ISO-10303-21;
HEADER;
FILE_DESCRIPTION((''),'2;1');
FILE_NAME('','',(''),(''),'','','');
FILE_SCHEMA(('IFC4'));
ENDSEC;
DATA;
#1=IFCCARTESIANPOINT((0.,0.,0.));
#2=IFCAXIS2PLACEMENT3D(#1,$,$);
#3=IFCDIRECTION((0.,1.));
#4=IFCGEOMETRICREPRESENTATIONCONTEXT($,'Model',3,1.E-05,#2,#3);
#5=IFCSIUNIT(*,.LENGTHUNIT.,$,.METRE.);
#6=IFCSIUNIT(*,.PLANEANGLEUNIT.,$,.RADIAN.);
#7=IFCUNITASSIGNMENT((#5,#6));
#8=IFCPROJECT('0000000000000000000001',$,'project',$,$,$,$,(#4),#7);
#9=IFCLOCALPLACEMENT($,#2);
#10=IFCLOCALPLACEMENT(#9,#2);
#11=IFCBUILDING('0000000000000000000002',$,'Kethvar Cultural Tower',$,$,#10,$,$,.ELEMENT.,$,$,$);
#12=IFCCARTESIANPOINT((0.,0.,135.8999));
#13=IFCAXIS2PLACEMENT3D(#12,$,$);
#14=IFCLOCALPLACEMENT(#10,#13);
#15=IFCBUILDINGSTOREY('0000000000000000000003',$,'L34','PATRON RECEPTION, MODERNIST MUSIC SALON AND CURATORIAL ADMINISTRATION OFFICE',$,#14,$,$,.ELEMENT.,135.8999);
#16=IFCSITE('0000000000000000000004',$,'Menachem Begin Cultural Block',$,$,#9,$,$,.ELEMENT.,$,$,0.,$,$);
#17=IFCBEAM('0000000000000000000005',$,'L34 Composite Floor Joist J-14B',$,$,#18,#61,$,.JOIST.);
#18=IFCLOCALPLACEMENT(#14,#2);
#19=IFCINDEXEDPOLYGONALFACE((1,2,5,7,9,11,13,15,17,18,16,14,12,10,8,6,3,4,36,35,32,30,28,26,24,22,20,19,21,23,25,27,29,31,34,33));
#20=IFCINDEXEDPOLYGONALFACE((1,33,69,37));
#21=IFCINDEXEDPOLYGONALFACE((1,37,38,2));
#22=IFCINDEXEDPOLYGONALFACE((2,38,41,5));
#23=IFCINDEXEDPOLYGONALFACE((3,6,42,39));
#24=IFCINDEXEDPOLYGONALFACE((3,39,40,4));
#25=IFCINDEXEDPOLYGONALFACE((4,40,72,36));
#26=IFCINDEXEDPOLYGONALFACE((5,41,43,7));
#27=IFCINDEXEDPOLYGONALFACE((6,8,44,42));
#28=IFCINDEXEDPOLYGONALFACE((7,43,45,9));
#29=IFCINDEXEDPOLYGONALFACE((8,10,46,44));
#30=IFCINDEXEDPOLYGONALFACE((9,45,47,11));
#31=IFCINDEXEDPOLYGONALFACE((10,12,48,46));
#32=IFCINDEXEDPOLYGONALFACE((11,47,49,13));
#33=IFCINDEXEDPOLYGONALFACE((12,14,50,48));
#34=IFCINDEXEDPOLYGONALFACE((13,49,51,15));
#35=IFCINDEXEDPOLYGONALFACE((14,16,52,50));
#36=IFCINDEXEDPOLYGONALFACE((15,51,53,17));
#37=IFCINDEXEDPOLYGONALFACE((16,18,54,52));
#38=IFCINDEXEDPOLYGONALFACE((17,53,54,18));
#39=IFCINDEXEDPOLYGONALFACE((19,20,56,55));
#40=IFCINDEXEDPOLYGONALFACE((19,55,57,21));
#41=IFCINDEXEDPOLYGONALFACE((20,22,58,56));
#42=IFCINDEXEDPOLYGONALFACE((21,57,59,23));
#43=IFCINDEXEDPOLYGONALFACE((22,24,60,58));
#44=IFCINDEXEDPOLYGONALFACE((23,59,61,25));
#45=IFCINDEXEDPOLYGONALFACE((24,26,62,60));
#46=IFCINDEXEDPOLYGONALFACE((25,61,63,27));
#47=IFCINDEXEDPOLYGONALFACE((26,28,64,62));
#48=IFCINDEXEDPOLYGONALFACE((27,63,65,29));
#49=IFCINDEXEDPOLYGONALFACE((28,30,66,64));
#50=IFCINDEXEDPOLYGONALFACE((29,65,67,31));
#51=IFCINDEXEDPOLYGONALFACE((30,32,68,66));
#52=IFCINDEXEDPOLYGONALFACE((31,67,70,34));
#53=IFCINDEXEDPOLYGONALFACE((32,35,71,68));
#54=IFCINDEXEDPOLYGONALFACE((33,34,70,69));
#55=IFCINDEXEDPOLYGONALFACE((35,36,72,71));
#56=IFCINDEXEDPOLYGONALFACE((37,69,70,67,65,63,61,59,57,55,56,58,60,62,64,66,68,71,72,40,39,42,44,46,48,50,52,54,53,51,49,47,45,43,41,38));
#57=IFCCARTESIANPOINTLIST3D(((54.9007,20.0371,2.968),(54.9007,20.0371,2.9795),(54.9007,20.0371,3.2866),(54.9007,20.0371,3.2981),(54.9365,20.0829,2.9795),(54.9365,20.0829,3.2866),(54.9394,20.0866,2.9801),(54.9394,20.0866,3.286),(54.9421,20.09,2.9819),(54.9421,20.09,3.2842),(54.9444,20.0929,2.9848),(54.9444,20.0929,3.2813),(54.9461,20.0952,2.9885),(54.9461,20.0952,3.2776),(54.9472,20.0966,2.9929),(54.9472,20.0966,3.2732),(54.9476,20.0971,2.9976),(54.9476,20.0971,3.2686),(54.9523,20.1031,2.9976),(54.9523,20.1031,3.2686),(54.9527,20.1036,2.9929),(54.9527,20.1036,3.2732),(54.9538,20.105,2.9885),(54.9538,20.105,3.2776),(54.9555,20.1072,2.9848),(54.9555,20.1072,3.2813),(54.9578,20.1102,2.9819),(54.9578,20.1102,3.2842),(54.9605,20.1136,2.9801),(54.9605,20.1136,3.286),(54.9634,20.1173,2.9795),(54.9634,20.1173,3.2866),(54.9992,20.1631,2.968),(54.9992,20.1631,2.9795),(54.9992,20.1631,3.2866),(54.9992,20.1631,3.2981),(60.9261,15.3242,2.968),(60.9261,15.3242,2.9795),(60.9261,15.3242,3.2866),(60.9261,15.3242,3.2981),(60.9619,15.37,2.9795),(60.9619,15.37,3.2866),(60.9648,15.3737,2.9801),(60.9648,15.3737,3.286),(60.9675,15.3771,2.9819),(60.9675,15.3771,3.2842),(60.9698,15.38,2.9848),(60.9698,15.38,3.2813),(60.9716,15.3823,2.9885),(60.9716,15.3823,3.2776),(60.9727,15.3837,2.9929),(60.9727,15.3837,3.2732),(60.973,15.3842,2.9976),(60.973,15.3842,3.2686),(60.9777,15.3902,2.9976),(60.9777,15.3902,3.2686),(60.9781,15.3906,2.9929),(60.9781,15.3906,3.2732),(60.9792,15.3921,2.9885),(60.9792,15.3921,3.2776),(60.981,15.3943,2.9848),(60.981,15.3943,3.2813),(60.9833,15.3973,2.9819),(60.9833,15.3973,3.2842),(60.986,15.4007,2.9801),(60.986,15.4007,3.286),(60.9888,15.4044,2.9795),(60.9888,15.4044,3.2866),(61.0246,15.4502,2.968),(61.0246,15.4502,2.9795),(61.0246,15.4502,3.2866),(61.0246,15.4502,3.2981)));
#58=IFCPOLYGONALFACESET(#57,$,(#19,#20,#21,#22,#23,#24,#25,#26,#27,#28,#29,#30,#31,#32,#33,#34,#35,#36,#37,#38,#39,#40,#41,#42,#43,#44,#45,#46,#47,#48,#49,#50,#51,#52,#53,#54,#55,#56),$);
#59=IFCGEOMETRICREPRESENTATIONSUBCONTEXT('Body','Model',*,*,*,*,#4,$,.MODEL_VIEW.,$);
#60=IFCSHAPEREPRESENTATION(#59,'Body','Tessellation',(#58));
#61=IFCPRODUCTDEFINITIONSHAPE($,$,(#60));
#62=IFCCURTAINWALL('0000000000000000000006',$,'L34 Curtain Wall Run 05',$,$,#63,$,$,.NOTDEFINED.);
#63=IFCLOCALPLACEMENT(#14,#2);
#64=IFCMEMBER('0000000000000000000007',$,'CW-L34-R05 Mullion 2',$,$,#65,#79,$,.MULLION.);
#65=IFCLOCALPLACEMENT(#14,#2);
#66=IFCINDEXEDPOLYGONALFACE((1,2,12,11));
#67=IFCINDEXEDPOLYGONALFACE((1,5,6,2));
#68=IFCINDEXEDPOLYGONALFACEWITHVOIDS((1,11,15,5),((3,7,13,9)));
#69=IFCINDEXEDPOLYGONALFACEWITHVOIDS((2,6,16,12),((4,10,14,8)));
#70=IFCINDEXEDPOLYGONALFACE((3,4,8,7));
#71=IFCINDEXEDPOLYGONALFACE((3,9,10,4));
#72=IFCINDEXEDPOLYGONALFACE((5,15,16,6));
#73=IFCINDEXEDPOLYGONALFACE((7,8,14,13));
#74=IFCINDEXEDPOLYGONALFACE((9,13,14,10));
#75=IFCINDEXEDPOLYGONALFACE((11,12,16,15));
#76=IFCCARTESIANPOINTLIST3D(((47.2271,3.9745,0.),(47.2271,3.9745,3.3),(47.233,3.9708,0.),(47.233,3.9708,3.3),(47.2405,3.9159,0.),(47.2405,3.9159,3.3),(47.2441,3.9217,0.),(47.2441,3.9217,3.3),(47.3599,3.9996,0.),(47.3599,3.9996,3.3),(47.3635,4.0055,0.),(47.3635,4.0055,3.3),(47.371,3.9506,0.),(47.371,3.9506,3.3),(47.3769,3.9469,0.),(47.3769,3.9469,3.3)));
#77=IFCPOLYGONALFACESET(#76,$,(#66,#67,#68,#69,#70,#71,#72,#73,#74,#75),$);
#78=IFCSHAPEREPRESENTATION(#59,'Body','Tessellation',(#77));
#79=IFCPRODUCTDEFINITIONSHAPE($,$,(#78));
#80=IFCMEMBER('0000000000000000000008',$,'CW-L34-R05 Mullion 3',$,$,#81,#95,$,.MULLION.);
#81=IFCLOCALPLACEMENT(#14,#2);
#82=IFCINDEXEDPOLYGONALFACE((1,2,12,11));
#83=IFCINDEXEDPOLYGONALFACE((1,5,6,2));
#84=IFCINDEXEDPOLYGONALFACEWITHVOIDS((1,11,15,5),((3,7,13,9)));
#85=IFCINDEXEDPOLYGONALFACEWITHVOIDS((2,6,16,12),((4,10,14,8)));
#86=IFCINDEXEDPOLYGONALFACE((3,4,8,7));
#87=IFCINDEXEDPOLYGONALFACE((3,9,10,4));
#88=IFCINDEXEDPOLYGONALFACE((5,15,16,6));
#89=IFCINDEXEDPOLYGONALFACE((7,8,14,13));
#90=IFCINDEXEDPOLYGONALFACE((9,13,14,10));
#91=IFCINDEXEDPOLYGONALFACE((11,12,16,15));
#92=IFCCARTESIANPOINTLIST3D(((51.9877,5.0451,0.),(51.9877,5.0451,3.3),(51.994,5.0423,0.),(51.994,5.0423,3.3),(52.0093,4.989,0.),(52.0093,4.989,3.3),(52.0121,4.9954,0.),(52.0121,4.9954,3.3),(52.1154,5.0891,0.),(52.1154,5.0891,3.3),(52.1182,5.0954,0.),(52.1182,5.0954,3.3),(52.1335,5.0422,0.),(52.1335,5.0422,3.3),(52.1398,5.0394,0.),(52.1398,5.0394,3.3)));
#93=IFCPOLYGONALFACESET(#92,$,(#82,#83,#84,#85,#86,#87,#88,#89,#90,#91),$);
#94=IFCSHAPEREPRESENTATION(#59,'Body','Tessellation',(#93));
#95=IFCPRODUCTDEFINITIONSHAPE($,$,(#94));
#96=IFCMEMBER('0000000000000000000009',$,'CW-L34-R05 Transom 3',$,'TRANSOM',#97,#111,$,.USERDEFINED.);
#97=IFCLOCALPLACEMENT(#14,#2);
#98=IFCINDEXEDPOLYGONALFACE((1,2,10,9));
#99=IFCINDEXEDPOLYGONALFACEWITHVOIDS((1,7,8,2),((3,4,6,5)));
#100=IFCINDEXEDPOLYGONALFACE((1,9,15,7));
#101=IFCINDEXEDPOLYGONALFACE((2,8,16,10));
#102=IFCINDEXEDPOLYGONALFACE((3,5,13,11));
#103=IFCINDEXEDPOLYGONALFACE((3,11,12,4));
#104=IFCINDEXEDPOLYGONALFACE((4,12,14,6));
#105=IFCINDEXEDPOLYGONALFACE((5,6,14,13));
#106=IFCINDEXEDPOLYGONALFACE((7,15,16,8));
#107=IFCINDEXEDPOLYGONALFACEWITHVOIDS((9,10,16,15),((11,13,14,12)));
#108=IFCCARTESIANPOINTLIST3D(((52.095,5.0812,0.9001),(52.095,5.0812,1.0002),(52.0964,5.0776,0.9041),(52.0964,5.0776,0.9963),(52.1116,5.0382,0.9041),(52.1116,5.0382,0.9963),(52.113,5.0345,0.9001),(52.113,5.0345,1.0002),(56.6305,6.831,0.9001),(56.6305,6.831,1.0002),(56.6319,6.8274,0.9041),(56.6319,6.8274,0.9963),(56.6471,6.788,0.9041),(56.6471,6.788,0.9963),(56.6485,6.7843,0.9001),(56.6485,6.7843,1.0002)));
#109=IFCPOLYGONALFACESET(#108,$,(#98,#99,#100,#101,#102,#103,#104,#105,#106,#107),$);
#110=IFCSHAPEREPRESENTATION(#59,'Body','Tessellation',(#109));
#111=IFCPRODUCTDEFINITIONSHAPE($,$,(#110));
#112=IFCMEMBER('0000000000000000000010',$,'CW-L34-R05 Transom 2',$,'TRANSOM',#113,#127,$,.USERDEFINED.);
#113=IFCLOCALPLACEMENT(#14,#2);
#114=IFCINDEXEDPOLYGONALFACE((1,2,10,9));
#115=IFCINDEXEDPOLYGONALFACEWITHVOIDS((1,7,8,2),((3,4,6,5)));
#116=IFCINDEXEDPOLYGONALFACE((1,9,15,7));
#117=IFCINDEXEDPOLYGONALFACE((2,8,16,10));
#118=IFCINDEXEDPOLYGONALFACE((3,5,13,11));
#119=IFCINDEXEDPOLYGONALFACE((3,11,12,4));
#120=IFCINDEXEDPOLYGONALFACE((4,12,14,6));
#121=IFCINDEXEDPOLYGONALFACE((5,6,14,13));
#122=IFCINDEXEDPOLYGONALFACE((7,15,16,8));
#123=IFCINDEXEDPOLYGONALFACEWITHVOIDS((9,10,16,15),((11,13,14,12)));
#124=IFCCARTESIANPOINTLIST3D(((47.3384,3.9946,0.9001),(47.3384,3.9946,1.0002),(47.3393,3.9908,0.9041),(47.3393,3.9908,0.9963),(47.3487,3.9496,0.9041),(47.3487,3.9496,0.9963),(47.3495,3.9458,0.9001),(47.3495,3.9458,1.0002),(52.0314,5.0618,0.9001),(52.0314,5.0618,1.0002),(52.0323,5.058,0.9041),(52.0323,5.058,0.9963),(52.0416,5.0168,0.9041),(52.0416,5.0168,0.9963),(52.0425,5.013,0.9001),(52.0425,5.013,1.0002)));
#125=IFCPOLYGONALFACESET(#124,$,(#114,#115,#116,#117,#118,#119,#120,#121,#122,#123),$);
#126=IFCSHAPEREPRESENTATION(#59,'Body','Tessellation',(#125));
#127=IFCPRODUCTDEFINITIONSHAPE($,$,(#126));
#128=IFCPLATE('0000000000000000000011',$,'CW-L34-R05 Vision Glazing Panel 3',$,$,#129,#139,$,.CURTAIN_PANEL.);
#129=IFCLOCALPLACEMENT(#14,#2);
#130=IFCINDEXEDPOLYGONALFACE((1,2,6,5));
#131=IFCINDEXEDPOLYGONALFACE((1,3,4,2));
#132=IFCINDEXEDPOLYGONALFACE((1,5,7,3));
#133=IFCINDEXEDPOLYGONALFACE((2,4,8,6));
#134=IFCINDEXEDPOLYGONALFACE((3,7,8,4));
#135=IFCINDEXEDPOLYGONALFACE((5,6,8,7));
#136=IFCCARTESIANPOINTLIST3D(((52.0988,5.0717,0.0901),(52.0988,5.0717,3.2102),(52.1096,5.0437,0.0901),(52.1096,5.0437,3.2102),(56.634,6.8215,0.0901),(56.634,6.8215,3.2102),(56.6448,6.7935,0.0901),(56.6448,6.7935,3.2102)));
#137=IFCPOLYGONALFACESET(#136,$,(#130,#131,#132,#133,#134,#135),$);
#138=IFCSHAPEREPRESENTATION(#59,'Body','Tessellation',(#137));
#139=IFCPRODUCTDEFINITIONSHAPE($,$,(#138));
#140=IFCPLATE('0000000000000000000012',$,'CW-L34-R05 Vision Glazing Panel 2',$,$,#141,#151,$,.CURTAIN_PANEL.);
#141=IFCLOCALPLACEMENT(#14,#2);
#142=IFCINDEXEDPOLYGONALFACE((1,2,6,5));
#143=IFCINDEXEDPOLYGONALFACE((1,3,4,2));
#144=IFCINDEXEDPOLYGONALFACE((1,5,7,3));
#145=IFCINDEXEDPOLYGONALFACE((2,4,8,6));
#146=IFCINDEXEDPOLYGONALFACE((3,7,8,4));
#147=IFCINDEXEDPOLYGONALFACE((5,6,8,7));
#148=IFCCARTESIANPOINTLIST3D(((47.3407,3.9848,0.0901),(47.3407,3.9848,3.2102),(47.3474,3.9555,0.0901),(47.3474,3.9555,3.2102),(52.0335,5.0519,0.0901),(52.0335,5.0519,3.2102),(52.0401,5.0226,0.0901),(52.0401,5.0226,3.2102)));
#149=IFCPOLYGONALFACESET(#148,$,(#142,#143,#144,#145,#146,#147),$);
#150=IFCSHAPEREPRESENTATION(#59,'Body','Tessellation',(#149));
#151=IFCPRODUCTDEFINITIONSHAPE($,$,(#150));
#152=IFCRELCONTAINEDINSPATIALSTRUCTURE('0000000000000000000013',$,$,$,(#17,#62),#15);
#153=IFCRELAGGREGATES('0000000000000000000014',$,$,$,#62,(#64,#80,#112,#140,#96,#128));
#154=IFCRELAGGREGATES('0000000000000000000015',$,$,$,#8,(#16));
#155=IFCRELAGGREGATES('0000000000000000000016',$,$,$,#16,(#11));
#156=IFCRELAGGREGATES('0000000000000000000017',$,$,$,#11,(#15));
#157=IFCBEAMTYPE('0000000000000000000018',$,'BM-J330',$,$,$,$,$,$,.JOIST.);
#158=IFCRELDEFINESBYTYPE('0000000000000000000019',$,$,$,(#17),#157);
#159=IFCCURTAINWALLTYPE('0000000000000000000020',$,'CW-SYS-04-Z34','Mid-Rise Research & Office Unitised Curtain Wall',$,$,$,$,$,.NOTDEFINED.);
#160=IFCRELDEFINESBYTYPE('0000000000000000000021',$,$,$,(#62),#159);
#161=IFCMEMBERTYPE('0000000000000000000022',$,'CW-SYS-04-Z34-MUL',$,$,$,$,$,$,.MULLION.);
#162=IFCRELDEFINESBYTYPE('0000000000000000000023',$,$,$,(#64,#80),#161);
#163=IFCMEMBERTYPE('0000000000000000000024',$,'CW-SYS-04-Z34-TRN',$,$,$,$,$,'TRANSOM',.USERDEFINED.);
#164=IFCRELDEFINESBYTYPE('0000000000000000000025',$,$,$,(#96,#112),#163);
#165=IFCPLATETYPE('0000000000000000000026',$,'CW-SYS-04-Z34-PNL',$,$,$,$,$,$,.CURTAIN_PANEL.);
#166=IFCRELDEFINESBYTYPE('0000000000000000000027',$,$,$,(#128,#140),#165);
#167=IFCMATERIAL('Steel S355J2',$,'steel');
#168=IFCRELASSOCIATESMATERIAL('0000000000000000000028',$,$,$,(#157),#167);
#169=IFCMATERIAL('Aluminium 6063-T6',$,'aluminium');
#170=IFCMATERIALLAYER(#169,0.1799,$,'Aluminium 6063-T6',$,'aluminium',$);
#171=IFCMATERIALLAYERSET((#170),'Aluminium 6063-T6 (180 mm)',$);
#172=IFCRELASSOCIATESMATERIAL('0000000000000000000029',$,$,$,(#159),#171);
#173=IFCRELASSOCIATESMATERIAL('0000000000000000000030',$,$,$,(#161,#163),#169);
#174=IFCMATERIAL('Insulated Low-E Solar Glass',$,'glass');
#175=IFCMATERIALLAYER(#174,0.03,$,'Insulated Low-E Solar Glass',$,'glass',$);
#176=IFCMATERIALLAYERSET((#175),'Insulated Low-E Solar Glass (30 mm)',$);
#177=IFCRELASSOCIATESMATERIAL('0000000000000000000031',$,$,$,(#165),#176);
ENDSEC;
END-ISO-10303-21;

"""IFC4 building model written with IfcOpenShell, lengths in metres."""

from ifc_helpers import new_model, si_unit, direction, frame, origin, origin_2d, place, context, subcontext, project, spatial, rectangle, hollow_rectangle, i_section, extrude, source, transform, mapped, material, layer, layer_set, material_profile, profile_set, type_object, element, aggregate, save


model = new_model("IFC4")

# Units and contexts
model_context = context("Model", 3, precision=1e-05, world=origin(), true_north=direction((0.0, 1.0)))
body_context = subcontext(model_context, "Body", "Model", "MODEL_VIEW")
ifc_project = project(units=[si_unit("LENGTHUNIT", "METRE"), si_unit("PLANEANGLEUNIT", "RADIAN")], contexts=[model_context])

# Site, building, storey
site_placement = place(None, origin())
site = spatial("IfcSite", under=ifc_project, at=site_placement, Name="Menachem Begin Cultural Block", CompositionType="ELEMENT", RefElevation=0.0)
building_placement = place(site_placement, origin())
building = spatial("IfcBuilding", under=site, at=building_placement, Name="Kethvar Cultural Tower", CompositionType="ELEMENT")
storey_placement = place(building_placement, frame((0.0, 0.0, 135.8999)))
storey = spatial("IfcBuildingStorey", under=building, at=storey_placement, Name="L34", Description="PATRON RECEPTION, MODERNIST MUSIC SALON AND CURATORIAL ADMINISTRATION OFFICE", CompositionType="ELEMENT", Elevation=135.8999)

# Beam
ifc_material_1 = material(Name="Steel S355J2", Category="steel")
ifc_material_profile_1 = material_profile(ifc_material_1, i_section(OverallWidth=0.1599, OverallDepth=0.3301, WebThickness=0.0076, FlangeThickness=0.0115, FilletRadius=0.0181, at=origin_2d()), Name="Steel S355J2 — IPE330")
ifc_profile_set_1 = profile_set([ifc_material_profile_1], Name="Steel S355J2 — IPE330")
beam_type_1 = type_object("IfcBeamType", Name="BM-J330", PredefinedType="JOIST", material=ifc_profile_set_1)
shared_shape_1 = source(origin(), body_context, "Body", "SweptSolid", [
    extrude(i_section(OverallWidth=0.1599, OverallDepth=0.3301, WebThickness=0.0076, FlangeThickness=0.0115, FilletRadius=0.0181, at=origin_2d()), origin(), (0.0, 0.0, 1.0), 7.6497),
])
beam_1_placement = place(storey_placement, frame((54.95, 20.1001, 3.1331), z_axis=(0.787672, -0.616095, 0.0), x_axis=(0.616095, 0.787672, 0.0)))
element("IfcBeam", 1, at=beam_1_placement, inside=storey, type_object=beam_type_1, Name="L34 Composite Floor Joist J-14B", PredefinedType="JOIST", context=body_context, shape_type="MappedRepresentation", body=[
    mapped(shared_shape_1, transform((0.0, 0.0, 0.0), scale=1.0)),
])

# Curtain wall, members, plates
ifc_material_2 = material(Name="Aluminium 6063-T6", Category="aluminium")
ifc_layer_1 = layer(ifc_material_2, 0.1799, Name="Aluminium 6063-T6", Category="aluminium")
ifc_layer_set_1 = layer_set([ifc_layer_1], Name="Aluminium 6063-T6 (180 mm)")
curtain_wall_type = type_object("IfcCurtainWallType", Name="CW-SYS-04-Z34", Description="Mid-Rise Research & Office Unitised Curtain Wall", PredefinedType="NOTDEFINED", material=ifc_layer_set_1)
curtain_wall_placement = place(storey_placement, origin())
curtain_wall = element("IfcCurtainWall", 2, at=curtain_wall_placement, inside=storey, type_object=curtain_wall_type, Name="L34 Curtain Wall Run 05", PredefinedType="NOTDEFINED")
ifc_material_profile_2 = material_profile(ifc_material_2, hollow_rectangle(XDim=0.0601, YDim=0.1399, WallThickness=0.0049, at=origin_2d()), Name="Aluminium 6063-T6 — RHS140x60x5")
ifc_profile_set_2 = profile_set([ifc_material_profile_2], Name="Aluminium 6063-T6 — RHS140x60x5")
member_type_1 = type_object("IfcMemberType", Name="CW-SYS-04-Z34-MUL", PredefinedType="MULLION", material=ifc_profile_set_2)
shared_shape_2 = source(origin(), body_context, "Body", "SweptSolid", [
    extrude(hollow_rectangle(XDim=0.0601, YDim=0.1399, WallThickness=0.0049, at=origin_2d()), origin(), (0.0, 0.0, 1.0), 3.3),
])
member_1_placement = place(storey_placement, frame((47.302, 3.9607, 0.0), z_axis=(0.0, 0.0, 1.0), x_axis=(-0.221736, 0.975107, 0.0)))
member_1 = element("IfcMember", 3, at=member_1_placement, type_object=member_type_1, Name="CW-L34-R05 Mullion 2", PredefinedType="MULLION", context=body_context, shape_type="MappedRepresentation", body=[
    mapped(shared_shape_2, transform((0.0, 0.0, 0.0), scale=1.0)),
])
member_2_placement = place(storey_placement, frame((52.0637, 5.0422, 0.0), z_axis=(0.0, 0.0, 1.0), x_axis=(-0.359964, 0.932966, 0.0)))
member_2 = element("IfcMember", 4, at=member_2_placement, type_object=member_type_1, Name="CW-L34-R05 Mullion 3", PredefinedType="MULLION", context=body_context, shape_type="MappedRepresentation", body=[
    mapped(shared_shape_2, transform((0.0, 0.0, 0.0), scale=1.0)),
])
ifc_material_profile_3 = material_profile(ifc_material_2, hollow_rectangle(XDim=0.05, YDim=0.1001, WallThickness=0.0039, at=origin_2d()), Name="Aluminium 6063-T6 — RHS100x50x4")
ifc_profile_set_3 = profile_set([ifc_material_profile_3], Name="Aluminium 6063-T6 — RHS100x50x4")
member_type_2 = type_object("IfcMemberType", Name="CW-SYS-04-Z34-TRN", ElementType="TRANSOM", PredefinedType="USERDEFINED", material=ifc_profile_set_3)
shared_shape_3 = source(origin(), body_context, "Body", "SweptSolid", [
    extrude(hollow_rectangle(XDim=0.05, YDim=0.1001, WallThickness=0.0039, at=origin_2d()), origin(), (0.0, 0.0, 1.0), 4.8613),
])
member_3_placement = place(storey_placement, frame((52.104, 5.0579, 0.9502), z_axis=(0.932975, 0.359941, 0.0), x_axis=(-0.359941, 0.932975, 0.0)))
member_3 = element("IfcMember", 5, at=member_3_placement, type_object=member_type_2, Name="CW-L34-R05 Transom 3", ObjectType="TRANSOM", PredefinedType="USERDEFINED", context=body_context, shape_type="MappedRepresentation", body=[
    mapped(shared_shape_3, transform((0.0, 0.0, 0.0), scale=1.0)),
])
shared_shape_4 = source(origin(), body_context, "Body", "SweptSolid", [
    extrude(hollow_rectangle(XDim=0.05, YDim=0.1001, WallThickness=0.0039, at=origin_2d()), origin(), (0.0, 0.0, 1.0), 4.8127),
])
member_4_placement = place(storey_placement, frame((47.344, 3.9702, 0.9502), z_axis=(0.975107, 0.221735, 0.0), x_axis=(-0.221735, 0.975107, 0.0)))
member_4 = element("IfcMember", 6, at=member_4_placement, type_object=member_type_2, Name="CW-L34-R05 Transom 2", ObjectType="TRANSOM", PredefinedType="USERDEFINED", context=body_context, shape_type="MappedRepresentation", body=[
    mapped(shared_shape_4, transform((0.0, 0.0, 0.0), scale=1.0)),
])
ifc_material_3 = material(Name="Insulated Low-E Solar Glass", Category="glass")
ifc_layer_2 = layer(ifc_material_3, 0.03, Name="Insulated Low-E Solar Glass", Category="glass")
ifc_layer_set_2 = layer_set([ifc_layer_2], Name="Insulated Low-E Solar Glass (30 mm)")
plate_type = type_object("IfcPlateType", Name="CW-SYS-04-Z34-PNL", PredefinedType="CURTAIN_PANEL", material=ifc_layer_set_2)
shared_shape_5 = source(origin(), body_context, "Body", "SweptSolid", [
    extrude(rectangle(XDim=4.8611, YDim=0.03, at=origin_2d()), origin(), (0.0, 0.0, 1.0), 3.1201),
])
plate_1_placement = place(storey_placement, frame((54.3718, 5.9326, 0.0901), z_axis=(0.0, 0.0, 1.0), x_axis=(0.932966, 0.359964, 0.0)))
plate_1 = element("IfcPlate", 7, at=plate_1_placement, type_object=plate_type, Name="CW-L34-R05 Vision Glazing Panel 3", PredefinedType="CURTAIN_PANEL", context=body_context, shape_type="MappedRepresentation", body=[
    mapped(shared_shape_5, transform((0.0, 0.0, 0.0), scale=1.0)),
])
shared_shape_6 = source(origin(), body_context, "Body", "SweptSolid", [
    extrude(rectangle(XDim=4.8125, YDim=0.03, at=origin_2d()), origin(), (0.0, 0.0, 1.0), 3.1201),
])
plate_2_placement = place(storey_placement, frame((49.6904, 4.5037, 0.0901), z_axis=(0.0, 0.0, 1.0), x_axis=(0.975107, 0.221736, 0.0)))
plate_2 = element("IfcPlate", 8, at=plate_2_placement, type_object=plate_type, Name="CW-L34-R05 Vision Glazing Panel 2", PredefinedType="CURTAIN_PANEL", context=body_context, shape_type="MappedRepresentation", body=[
    mapped(shared_shape_6, transform((0.0, 0.0, 0.0), scale=1.0)),
])
aggregate(curtain_wall, [member_1, member_2, member_4, plate_2, member_3, plate_1])

save(model, "model.ifc")
